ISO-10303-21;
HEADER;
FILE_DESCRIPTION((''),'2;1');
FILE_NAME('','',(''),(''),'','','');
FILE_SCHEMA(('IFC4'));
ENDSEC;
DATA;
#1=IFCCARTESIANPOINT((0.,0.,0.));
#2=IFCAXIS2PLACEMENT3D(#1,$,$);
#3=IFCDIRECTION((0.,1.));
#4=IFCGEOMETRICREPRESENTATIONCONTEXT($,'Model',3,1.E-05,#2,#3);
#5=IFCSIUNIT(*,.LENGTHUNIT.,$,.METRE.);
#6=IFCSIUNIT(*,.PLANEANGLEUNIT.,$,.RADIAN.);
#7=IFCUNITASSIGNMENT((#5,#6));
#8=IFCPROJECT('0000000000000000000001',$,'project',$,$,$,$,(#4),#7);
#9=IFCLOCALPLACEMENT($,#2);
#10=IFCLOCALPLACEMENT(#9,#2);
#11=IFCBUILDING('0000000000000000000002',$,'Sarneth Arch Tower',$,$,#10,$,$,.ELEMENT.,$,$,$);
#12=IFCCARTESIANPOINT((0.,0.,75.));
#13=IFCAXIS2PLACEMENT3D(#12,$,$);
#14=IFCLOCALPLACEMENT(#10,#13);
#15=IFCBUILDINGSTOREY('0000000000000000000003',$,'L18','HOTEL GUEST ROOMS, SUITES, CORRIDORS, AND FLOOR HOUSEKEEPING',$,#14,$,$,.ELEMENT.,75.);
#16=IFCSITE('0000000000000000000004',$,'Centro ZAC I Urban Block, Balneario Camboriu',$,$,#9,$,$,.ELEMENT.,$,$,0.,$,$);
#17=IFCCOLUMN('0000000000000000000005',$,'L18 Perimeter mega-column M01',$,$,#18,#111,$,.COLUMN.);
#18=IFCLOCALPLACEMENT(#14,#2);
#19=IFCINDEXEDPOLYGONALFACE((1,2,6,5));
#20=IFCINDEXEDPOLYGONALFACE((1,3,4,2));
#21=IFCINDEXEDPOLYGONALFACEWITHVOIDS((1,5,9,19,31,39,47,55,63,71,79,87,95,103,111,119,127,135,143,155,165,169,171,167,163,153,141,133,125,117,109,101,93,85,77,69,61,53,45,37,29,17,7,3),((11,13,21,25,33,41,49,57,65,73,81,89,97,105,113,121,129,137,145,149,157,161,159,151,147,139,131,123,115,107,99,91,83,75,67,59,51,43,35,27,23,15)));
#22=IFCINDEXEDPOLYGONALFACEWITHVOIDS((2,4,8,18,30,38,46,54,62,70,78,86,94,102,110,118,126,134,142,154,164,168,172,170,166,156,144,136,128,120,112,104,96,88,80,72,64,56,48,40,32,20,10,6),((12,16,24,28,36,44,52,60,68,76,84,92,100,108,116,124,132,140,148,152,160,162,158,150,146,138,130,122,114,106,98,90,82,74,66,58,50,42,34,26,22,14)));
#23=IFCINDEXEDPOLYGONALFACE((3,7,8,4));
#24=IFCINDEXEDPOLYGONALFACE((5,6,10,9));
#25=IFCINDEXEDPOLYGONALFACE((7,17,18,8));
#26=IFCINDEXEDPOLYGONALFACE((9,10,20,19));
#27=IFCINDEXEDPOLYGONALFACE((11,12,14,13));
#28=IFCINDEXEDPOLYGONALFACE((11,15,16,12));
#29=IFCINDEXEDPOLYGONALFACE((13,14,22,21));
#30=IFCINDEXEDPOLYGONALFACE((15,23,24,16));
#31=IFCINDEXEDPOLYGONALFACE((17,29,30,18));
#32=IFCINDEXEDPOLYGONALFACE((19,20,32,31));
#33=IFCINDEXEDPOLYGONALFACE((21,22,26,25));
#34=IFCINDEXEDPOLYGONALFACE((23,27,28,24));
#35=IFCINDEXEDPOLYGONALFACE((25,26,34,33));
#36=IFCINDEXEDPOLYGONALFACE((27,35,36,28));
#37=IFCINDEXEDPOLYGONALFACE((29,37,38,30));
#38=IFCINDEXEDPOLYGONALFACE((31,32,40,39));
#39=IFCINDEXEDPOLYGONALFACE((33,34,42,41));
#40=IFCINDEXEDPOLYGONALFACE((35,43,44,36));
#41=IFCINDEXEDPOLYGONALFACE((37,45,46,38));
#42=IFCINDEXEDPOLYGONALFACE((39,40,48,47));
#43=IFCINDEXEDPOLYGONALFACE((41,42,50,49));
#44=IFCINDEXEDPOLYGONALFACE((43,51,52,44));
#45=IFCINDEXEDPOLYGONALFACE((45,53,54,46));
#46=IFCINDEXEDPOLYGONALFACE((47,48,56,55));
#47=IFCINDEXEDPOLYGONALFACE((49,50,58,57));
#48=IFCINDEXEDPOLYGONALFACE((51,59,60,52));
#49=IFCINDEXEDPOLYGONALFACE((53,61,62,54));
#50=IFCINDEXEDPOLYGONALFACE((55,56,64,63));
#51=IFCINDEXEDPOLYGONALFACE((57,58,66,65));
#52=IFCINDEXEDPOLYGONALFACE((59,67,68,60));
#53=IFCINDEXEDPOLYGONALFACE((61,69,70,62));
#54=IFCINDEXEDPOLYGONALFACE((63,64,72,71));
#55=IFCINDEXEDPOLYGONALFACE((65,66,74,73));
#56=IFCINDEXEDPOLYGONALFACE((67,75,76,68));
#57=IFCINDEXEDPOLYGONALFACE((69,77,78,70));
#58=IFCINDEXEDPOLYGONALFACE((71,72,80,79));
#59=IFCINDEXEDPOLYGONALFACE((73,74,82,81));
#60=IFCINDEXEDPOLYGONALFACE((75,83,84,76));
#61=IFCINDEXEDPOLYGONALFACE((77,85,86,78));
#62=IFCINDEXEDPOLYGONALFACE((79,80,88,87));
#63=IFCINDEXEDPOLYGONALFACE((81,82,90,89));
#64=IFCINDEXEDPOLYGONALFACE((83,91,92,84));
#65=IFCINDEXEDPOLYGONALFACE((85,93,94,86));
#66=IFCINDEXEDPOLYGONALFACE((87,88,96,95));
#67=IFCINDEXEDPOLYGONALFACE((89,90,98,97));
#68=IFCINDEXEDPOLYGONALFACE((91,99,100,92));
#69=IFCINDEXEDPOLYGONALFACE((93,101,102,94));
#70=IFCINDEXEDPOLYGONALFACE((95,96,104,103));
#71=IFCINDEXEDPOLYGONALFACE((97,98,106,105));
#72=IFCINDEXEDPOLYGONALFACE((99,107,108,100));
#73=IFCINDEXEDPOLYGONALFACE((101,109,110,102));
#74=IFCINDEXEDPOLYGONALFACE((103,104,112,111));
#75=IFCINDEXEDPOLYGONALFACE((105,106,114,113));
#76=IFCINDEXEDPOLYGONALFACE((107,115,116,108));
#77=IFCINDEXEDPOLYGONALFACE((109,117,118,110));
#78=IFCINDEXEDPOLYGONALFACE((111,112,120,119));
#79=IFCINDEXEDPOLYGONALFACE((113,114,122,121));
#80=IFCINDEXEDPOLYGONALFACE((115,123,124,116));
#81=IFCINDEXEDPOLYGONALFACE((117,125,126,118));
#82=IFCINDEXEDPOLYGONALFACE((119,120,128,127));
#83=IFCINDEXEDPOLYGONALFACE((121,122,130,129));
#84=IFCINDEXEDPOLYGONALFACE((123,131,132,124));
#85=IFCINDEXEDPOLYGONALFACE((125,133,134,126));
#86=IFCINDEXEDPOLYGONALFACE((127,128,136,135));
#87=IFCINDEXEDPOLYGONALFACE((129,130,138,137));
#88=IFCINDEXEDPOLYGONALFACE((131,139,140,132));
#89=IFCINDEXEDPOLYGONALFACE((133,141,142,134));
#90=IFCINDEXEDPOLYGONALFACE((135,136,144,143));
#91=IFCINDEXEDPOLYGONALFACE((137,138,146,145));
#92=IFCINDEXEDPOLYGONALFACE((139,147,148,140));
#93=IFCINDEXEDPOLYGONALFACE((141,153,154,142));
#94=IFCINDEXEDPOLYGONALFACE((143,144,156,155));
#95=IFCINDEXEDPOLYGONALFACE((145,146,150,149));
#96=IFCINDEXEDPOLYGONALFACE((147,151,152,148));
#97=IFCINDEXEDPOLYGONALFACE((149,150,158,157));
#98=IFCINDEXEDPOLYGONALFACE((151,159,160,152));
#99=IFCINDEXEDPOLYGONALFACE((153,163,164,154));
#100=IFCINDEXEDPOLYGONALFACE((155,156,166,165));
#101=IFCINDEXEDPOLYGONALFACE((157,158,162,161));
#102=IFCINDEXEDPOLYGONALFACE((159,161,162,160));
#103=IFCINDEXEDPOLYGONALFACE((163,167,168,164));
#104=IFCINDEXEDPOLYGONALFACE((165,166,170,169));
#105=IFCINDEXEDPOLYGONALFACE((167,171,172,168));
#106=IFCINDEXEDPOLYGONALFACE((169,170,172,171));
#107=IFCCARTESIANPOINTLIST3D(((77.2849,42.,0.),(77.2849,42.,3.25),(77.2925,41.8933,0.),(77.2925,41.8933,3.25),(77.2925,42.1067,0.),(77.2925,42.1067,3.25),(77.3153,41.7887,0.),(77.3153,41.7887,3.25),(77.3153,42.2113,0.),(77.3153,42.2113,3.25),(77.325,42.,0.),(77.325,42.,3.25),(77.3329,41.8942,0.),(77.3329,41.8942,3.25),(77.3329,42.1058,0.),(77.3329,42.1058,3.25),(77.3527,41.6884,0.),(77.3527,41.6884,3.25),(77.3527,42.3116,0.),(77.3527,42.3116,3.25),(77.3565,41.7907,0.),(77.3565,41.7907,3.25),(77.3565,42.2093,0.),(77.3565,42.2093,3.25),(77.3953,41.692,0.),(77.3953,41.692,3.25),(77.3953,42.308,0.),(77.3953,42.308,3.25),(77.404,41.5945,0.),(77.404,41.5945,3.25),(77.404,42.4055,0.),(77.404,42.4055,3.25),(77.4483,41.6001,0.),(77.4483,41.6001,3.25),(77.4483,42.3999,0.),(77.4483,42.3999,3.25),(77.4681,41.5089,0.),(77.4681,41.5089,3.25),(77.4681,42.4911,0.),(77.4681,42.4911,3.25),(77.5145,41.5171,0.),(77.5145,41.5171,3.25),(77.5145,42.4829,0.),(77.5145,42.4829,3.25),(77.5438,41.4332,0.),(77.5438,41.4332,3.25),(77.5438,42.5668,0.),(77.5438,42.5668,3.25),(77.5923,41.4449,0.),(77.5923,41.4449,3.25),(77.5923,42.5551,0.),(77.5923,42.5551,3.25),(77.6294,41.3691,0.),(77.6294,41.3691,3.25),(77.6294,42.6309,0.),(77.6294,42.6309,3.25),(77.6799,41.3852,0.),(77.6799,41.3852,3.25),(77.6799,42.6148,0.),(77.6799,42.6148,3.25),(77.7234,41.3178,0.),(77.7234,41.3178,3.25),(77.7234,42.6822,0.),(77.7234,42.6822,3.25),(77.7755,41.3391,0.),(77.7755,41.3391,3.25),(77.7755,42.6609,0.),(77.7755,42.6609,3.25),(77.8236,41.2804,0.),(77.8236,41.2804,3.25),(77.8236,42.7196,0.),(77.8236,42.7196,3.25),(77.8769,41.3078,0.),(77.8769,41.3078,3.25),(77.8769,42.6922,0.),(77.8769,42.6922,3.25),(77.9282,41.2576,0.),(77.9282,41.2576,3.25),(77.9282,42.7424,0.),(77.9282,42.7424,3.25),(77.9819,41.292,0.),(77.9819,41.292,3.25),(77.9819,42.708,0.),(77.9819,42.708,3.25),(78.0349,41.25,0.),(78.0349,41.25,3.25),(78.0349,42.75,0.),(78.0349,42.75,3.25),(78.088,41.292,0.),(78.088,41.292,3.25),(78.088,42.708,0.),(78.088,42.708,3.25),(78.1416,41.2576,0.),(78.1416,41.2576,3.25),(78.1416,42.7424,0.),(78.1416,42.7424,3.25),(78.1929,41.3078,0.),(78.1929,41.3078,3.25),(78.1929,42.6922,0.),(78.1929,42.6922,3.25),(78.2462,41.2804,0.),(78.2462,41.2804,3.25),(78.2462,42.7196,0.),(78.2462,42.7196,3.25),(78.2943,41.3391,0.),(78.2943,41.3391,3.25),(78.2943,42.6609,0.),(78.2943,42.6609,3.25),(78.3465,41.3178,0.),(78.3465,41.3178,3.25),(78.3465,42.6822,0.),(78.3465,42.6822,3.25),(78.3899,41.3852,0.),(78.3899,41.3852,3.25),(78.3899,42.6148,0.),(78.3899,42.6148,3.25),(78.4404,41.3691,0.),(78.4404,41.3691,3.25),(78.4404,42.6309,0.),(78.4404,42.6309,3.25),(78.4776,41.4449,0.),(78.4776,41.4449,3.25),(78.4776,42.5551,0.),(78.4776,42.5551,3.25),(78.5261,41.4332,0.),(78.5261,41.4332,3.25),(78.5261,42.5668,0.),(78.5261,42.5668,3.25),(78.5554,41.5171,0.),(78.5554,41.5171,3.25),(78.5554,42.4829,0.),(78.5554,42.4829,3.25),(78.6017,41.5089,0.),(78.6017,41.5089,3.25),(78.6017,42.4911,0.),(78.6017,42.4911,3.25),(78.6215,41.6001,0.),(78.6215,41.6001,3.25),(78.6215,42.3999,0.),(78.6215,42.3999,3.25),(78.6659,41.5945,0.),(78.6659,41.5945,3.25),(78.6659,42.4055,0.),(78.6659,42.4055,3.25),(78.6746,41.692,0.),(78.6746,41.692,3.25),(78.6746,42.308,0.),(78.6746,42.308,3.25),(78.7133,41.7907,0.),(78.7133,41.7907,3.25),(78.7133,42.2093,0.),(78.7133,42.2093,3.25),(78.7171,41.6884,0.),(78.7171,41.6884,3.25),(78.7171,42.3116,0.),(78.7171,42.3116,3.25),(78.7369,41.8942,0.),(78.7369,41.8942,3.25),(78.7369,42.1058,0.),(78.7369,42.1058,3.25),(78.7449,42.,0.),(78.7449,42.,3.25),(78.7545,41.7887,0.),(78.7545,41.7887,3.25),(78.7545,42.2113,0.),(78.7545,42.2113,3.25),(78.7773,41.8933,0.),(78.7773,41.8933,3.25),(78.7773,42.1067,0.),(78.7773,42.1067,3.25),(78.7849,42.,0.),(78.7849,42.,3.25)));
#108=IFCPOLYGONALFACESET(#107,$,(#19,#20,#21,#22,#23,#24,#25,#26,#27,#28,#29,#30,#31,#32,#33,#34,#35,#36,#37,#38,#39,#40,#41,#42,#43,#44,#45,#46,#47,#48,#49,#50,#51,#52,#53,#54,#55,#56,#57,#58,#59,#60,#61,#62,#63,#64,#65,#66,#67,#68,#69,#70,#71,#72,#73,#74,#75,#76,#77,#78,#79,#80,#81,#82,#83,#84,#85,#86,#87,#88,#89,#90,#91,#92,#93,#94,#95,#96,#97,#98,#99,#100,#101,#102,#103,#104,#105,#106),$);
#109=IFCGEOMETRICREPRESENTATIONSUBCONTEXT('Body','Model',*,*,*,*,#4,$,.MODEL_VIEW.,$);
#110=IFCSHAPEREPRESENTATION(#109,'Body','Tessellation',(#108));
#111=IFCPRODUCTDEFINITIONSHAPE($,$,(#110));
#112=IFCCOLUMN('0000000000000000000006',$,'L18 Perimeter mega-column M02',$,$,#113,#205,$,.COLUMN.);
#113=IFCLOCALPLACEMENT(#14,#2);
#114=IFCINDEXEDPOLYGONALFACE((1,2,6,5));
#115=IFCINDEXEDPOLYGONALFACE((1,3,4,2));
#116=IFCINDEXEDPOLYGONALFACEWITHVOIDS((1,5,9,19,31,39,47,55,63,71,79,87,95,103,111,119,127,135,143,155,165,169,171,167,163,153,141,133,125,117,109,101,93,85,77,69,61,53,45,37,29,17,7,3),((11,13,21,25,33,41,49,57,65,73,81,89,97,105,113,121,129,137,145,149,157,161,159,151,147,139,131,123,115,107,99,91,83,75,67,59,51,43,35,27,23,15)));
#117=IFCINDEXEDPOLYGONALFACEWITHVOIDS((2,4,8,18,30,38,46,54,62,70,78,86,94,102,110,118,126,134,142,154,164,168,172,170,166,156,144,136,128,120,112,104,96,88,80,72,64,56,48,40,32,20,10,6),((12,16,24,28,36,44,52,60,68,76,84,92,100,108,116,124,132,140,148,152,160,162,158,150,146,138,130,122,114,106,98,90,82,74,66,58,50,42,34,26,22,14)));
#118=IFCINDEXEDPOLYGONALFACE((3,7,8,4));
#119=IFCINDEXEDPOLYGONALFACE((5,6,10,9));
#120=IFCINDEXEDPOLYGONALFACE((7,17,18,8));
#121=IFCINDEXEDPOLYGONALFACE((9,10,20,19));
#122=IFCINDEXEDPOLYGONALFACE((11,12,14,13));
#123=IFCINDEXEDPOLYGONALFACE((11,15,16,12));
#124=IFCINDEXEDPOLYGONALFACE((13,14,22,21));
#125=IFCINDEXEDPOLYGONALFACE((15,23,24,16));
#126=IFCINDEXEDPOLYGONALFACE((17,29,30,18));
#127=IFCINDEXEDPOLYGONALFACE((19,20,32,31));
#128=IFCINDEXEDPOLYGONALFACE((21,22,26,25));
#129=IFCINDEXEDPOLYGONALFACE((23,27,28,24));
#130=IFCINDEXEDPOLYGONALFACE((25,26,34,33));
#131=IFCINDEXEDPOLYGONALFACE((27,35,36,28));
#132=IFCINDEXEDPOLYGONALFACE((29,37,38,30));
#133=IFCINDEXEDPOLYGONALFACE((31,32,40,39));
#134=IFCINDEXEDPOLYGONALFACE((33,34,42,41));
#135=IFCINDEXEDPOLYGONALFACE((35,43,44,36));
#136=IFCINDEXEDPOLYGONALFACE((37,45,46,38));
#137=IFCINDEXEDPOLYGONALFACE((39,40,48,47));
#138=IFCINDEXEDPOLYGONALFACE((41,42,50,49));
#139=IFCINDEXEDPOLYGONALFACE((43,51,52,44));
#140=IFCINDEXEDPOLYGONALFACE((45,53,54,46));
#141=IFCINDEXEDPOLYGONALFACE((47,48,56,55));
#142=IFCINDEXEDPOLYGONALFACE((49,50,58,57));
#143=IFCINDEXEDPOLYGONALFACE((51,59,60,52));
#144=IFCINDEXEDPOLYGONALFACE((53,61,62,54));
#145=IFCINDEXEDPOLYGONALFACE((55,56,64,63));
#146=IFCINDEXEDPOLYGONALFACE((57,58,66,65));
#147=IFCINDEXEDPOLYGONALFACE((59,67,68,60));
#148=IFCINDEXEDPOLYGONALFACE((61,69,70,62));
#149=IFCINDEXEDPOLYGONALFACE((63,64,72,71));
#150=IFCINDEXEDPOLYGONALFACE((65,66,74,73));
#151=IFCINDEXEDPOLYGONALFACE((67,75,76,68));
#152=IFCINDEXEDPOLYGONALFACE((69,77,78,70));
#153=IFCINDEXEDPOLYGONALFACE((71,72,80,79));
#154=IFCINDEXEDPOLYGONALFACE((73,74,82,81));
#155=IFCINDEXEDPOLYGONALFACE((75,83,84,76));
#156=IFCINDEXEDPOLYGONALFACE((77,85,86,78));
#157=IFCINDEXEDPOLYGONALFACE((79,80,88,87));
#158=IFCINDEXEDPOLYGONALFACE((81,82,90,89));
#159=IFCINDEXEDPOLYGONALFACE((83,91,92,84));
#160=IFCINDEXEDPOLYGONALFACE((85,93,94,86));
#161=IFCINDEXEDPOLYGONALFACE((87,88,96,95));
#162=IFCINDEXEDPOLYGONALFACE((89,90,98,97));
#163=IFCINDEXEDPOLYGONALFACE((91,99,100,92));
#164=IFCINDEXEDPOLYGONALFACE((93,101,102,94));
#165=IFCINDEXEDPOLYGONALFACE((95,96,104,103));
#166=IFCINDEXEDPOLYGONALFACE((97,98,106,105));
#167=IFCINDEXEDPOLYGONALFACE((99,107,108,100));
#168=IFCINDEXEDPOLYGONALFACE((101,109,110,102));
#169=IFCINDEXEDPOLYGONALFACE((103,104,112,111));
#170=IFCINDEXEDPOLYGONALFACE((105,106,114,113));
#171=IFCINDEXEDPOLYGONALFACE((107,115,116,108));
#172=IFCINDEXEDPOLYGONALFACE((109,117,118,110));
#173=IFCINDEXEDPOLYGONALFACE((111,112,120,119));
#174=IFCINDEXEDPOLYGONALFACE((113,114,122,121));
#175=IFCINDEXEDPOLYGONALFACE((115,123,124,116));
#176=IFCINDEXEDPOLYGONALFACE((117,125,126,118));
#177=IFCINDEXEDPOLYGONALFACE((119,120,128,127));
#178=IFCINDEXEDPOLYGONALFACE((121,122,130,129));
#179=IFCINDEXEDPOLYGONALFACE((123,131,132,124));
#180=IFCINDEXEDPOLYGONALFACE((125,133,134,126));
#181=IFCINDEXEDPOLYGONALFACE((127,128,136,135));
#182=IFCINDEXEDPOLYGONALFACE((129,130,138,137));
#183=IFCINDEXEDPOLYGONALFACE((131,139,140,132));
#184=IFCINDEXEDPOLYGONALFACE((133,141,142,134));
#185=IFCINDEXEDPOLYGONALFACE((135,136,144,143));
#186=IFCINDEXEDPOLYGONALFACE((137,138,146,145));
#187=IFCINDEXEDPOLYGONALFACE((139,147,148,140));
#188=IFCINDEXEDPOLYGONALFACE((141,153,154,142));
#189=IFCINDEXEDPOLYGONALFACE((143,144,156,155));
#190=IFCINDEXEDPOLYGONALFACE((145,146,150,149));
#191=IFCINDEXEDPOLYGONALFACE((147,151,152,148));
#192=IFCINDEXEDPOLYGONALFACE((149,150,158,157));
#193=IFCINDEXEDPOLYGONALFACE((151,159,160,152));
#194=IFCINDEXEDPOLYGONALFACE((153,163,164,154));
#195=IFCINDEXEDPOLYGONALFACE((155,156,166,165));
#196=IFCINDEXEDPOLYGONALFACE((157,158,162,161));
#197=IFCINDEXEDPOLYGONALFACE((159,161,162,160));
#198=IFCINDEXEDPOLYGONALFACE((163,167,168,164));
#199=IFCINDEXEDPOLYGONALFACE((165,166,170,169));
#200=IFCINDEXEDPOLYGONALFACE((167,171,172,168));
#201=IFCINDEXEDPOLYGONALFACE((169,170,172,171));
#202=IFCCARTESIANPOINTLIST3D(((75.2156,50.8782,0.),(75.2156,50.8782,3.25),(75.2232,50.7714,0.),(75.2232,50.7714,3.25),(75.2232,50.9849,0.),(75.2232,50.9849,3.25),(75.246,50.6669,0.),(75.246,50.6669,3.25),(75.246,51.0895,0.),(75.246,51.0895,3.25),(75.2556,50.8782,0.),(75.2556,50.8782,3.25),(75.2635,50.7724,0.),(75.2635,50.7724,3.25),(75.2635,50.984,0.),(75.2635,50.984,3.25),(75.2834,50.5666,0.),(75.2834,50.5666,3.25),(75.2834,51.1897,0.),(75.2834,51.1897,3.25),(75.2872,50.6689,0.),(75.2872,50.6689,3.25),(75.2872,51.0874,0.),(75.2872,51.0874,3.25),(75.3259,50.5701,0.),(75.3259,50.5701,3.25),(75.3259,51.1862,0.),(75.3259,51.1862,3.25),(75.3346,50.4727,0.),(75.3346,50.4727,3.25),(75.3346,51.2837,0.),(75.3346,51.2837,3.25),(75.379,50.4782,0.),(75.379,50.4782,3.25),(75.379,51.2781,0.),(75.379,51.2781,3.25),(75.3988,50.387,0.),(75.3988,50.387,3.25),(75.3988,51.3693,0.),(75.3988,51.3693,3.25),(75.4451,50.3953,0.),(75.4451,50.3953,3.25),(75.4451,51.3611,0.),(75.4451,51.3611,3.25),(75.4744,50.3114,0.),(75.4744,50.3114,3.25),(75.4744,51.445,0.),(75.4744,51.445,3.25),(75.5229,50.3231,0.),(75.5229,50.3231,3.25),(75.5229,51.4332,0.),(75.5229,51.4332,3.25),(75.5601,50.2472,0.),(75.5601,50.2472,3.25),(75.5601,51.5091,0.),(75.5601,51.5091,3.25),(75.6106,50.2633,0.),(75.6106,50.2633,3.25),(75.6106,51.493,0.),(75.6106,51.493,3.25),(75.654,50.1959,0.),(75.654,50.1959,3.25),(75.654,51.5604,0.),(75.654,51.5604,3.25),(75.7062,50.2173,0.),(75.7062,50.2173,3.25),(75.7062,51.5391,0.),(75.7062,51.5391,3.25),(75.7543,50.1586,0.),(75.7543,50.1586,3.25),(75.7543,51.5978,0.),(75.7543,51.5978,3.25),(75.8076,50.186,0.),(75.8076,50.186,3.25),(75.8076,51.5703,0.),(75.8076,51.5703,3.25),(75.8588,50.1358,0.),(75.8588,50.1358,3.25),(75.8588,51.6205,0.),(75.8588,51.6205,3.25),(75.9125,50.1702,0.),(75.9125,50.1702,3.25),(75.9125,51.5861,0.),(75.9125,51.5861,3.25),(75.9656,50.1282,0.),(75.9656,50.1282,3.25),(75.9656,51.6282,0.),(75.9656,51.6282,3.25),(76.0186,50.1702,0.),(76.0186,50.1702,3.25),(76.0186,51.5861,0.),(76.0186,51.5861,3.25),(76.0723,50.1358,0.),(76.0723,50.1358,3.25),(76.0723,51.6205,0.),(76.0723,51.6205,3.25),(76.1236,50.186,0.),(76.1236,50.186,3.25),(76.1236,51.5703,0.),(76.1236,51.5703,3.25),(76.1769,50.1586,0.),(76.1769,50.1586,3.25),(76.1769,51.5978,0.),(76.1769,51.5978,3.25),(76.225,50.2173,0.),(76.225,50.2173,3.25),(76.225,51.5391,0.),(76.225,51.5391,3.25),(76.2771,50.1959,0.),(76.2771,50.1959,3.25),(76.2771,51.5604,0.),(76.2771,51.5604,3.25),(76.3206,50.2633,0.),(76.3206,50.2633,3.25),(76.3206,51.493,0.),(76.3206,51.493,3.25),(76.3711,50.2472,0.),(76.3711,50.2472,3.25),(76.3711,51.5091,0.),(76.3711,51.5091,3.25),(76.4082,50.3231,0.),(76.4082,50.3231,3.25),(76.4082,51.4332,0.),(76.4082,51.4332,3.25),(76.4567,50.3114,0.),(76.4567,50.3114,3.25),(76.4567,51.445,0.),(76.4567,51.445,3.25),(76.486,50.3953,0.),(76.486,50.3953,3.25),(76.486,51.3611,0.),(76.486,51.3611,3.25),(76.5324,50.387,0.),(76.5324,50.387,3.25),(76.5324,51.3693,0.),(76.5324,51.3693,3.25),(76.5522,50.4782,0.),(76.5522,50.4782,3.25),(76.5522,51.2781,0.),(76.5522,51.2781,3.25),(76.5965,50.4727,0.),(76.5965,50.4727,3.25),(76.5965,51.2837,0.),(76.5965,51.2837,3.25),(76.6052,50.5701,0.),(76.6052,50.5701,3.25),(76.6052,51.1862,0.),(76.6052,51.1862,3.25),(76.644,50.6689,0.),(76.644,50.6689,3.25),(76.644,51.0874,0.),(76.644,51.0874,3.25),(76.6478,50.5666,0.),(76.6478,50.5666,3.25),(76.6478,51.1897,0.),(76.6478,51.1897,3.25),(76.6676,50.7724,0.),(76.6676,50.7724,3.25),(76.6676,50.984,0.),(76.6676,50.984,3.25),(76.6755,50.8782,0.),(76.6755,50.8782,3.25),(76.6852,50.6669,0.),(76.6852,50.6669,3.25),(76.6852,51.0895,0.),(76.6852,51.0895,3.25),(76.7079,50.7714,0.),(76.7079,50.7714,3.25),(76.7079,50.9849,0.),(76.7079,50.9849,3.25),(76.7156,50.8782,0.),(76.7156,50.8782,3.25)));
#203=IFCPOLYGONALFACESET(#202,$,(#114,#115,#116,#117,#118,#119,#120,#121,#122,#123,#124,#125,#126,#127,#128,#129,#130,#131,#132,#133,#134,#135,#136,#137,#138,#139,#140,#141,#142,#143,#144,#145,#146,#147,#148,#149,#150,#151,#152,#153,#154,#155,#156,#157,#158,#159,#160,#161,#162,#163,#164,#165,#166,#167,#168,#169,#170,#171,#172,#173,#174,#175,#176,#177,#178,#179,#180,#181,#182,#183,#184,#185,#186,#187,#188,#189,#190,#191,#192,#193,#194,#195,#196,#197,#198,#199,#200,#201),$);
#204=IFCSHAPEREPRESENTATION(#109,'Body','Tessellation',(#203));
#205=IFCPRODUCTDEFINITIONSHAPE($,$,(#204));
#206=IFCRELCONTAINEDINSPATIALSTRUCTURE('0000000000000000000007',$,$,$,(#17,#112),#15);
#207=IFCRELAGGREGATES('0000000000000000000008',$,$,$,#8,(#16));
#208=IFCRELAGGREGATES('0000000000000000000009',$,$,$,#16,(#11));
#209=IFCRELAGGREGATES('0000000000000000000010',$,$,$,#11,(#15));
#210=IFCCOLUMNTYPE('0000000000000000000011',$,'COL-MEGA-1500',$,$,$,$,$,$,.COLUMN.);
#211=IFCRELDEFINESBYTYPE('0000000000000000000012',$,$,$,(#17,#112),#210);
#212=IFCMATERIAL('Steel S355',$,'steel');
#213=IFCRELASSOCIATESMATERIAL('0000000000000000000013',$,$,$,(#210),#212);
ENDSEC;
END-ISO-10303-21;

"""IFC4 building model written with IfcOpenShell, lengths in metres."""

from ifc_helpers import new_model, si_unit, direction, frame, origin, origin_2d, place, context, subcontext, project, spatial, hollow_circle, extrude, material, material_profile, profile_set, type_object, element, save


model = new_model("IFC4")

# Units and contexts
model_context = context("Model", 3, precision=1e-05, world=origin(), true_north=direction((0.0, 1.0)))
body_context = subcontext(model_context, "Body", "Model", "MODEL_VIEW")
ifc_project = project(units=[si_unit("LENGTHUNIT", "METRE"), si_unit("PLANEANGLEUNIT", "RADIAN")], contexts=[model_context])

# Site, building, storey
site_placement = place(None, origin())
site = spatial("IfcSite", under=ifc_project, at=site_placement, Name="Centro ZAC I Urban Block, Balneario Camboriu", CompositionType="ELEMENT", RefElevation=0.0)
building_placement = place(site_placement, origin())
building = spatial("IfcBuilding", under=site, at=building_placement, Name="Sarneth Arch Tower", CompositionType="ELEMENT")
storey_placement = place(building_placement, frame((0.0, 0.0, 75.0)))
storey = spatial("IfcBuildingStorey", under=building, at=storey_placement, Name="L18", Description="HOTEL GUEST ROOMS, SUITES, CORRIDORS, AND FLOOR HOUSEKEEPING", CompositionType="ELEMENT", Elevation=75.0)

# Columns
ifc_material_1 = material(Name="Steel S355", Category="steel")
ifc_material_profile_1 = material_profile(ifc_material_1, hollow_circle(Radius=0.75, WallThickness=0.04, at=origin_2d()), Name="CHS1500x40")
ifc_profile_set_1 = profile_set([ifc_material_profile_1], Name="Steel S355")
column_type = type_object("IfcColumnType", Name="COL-MEGA-1500", PredefinedType="COLUMN", material=ifc_profile_set_1)
for number, where, z_axis, x_axis, name in (
    (1, (78.0349, 42.0, 0.0), (0.0, 0.0, 1.0), (1.0, 0.0, 0.0), "L18 Perimeter mega-column M01"),
    (2, (75.9656, 50.8782, 0.0), (0.0, 0.0, 1.0), (1.0, 0.0, 0.0), "L18 Perimeter mega-column M02"),
):
    element("IfcColumn", number, at=place(storey_placement, frame(where, z_axis=z_axis, x_axis=x_axis)), inside=storey, type_object=column_type, Name=name, PredefinedType="COLUMN", context=body_context, shape_type="SweptSolid", body=[
        extrude(hollow_circle(Radius=0.75, WallThickness=0.04, at=origin_2d()), origin(), (0.0, 0.0, 1.0), 3.25),
    ])

save(model, "model.ifc")
